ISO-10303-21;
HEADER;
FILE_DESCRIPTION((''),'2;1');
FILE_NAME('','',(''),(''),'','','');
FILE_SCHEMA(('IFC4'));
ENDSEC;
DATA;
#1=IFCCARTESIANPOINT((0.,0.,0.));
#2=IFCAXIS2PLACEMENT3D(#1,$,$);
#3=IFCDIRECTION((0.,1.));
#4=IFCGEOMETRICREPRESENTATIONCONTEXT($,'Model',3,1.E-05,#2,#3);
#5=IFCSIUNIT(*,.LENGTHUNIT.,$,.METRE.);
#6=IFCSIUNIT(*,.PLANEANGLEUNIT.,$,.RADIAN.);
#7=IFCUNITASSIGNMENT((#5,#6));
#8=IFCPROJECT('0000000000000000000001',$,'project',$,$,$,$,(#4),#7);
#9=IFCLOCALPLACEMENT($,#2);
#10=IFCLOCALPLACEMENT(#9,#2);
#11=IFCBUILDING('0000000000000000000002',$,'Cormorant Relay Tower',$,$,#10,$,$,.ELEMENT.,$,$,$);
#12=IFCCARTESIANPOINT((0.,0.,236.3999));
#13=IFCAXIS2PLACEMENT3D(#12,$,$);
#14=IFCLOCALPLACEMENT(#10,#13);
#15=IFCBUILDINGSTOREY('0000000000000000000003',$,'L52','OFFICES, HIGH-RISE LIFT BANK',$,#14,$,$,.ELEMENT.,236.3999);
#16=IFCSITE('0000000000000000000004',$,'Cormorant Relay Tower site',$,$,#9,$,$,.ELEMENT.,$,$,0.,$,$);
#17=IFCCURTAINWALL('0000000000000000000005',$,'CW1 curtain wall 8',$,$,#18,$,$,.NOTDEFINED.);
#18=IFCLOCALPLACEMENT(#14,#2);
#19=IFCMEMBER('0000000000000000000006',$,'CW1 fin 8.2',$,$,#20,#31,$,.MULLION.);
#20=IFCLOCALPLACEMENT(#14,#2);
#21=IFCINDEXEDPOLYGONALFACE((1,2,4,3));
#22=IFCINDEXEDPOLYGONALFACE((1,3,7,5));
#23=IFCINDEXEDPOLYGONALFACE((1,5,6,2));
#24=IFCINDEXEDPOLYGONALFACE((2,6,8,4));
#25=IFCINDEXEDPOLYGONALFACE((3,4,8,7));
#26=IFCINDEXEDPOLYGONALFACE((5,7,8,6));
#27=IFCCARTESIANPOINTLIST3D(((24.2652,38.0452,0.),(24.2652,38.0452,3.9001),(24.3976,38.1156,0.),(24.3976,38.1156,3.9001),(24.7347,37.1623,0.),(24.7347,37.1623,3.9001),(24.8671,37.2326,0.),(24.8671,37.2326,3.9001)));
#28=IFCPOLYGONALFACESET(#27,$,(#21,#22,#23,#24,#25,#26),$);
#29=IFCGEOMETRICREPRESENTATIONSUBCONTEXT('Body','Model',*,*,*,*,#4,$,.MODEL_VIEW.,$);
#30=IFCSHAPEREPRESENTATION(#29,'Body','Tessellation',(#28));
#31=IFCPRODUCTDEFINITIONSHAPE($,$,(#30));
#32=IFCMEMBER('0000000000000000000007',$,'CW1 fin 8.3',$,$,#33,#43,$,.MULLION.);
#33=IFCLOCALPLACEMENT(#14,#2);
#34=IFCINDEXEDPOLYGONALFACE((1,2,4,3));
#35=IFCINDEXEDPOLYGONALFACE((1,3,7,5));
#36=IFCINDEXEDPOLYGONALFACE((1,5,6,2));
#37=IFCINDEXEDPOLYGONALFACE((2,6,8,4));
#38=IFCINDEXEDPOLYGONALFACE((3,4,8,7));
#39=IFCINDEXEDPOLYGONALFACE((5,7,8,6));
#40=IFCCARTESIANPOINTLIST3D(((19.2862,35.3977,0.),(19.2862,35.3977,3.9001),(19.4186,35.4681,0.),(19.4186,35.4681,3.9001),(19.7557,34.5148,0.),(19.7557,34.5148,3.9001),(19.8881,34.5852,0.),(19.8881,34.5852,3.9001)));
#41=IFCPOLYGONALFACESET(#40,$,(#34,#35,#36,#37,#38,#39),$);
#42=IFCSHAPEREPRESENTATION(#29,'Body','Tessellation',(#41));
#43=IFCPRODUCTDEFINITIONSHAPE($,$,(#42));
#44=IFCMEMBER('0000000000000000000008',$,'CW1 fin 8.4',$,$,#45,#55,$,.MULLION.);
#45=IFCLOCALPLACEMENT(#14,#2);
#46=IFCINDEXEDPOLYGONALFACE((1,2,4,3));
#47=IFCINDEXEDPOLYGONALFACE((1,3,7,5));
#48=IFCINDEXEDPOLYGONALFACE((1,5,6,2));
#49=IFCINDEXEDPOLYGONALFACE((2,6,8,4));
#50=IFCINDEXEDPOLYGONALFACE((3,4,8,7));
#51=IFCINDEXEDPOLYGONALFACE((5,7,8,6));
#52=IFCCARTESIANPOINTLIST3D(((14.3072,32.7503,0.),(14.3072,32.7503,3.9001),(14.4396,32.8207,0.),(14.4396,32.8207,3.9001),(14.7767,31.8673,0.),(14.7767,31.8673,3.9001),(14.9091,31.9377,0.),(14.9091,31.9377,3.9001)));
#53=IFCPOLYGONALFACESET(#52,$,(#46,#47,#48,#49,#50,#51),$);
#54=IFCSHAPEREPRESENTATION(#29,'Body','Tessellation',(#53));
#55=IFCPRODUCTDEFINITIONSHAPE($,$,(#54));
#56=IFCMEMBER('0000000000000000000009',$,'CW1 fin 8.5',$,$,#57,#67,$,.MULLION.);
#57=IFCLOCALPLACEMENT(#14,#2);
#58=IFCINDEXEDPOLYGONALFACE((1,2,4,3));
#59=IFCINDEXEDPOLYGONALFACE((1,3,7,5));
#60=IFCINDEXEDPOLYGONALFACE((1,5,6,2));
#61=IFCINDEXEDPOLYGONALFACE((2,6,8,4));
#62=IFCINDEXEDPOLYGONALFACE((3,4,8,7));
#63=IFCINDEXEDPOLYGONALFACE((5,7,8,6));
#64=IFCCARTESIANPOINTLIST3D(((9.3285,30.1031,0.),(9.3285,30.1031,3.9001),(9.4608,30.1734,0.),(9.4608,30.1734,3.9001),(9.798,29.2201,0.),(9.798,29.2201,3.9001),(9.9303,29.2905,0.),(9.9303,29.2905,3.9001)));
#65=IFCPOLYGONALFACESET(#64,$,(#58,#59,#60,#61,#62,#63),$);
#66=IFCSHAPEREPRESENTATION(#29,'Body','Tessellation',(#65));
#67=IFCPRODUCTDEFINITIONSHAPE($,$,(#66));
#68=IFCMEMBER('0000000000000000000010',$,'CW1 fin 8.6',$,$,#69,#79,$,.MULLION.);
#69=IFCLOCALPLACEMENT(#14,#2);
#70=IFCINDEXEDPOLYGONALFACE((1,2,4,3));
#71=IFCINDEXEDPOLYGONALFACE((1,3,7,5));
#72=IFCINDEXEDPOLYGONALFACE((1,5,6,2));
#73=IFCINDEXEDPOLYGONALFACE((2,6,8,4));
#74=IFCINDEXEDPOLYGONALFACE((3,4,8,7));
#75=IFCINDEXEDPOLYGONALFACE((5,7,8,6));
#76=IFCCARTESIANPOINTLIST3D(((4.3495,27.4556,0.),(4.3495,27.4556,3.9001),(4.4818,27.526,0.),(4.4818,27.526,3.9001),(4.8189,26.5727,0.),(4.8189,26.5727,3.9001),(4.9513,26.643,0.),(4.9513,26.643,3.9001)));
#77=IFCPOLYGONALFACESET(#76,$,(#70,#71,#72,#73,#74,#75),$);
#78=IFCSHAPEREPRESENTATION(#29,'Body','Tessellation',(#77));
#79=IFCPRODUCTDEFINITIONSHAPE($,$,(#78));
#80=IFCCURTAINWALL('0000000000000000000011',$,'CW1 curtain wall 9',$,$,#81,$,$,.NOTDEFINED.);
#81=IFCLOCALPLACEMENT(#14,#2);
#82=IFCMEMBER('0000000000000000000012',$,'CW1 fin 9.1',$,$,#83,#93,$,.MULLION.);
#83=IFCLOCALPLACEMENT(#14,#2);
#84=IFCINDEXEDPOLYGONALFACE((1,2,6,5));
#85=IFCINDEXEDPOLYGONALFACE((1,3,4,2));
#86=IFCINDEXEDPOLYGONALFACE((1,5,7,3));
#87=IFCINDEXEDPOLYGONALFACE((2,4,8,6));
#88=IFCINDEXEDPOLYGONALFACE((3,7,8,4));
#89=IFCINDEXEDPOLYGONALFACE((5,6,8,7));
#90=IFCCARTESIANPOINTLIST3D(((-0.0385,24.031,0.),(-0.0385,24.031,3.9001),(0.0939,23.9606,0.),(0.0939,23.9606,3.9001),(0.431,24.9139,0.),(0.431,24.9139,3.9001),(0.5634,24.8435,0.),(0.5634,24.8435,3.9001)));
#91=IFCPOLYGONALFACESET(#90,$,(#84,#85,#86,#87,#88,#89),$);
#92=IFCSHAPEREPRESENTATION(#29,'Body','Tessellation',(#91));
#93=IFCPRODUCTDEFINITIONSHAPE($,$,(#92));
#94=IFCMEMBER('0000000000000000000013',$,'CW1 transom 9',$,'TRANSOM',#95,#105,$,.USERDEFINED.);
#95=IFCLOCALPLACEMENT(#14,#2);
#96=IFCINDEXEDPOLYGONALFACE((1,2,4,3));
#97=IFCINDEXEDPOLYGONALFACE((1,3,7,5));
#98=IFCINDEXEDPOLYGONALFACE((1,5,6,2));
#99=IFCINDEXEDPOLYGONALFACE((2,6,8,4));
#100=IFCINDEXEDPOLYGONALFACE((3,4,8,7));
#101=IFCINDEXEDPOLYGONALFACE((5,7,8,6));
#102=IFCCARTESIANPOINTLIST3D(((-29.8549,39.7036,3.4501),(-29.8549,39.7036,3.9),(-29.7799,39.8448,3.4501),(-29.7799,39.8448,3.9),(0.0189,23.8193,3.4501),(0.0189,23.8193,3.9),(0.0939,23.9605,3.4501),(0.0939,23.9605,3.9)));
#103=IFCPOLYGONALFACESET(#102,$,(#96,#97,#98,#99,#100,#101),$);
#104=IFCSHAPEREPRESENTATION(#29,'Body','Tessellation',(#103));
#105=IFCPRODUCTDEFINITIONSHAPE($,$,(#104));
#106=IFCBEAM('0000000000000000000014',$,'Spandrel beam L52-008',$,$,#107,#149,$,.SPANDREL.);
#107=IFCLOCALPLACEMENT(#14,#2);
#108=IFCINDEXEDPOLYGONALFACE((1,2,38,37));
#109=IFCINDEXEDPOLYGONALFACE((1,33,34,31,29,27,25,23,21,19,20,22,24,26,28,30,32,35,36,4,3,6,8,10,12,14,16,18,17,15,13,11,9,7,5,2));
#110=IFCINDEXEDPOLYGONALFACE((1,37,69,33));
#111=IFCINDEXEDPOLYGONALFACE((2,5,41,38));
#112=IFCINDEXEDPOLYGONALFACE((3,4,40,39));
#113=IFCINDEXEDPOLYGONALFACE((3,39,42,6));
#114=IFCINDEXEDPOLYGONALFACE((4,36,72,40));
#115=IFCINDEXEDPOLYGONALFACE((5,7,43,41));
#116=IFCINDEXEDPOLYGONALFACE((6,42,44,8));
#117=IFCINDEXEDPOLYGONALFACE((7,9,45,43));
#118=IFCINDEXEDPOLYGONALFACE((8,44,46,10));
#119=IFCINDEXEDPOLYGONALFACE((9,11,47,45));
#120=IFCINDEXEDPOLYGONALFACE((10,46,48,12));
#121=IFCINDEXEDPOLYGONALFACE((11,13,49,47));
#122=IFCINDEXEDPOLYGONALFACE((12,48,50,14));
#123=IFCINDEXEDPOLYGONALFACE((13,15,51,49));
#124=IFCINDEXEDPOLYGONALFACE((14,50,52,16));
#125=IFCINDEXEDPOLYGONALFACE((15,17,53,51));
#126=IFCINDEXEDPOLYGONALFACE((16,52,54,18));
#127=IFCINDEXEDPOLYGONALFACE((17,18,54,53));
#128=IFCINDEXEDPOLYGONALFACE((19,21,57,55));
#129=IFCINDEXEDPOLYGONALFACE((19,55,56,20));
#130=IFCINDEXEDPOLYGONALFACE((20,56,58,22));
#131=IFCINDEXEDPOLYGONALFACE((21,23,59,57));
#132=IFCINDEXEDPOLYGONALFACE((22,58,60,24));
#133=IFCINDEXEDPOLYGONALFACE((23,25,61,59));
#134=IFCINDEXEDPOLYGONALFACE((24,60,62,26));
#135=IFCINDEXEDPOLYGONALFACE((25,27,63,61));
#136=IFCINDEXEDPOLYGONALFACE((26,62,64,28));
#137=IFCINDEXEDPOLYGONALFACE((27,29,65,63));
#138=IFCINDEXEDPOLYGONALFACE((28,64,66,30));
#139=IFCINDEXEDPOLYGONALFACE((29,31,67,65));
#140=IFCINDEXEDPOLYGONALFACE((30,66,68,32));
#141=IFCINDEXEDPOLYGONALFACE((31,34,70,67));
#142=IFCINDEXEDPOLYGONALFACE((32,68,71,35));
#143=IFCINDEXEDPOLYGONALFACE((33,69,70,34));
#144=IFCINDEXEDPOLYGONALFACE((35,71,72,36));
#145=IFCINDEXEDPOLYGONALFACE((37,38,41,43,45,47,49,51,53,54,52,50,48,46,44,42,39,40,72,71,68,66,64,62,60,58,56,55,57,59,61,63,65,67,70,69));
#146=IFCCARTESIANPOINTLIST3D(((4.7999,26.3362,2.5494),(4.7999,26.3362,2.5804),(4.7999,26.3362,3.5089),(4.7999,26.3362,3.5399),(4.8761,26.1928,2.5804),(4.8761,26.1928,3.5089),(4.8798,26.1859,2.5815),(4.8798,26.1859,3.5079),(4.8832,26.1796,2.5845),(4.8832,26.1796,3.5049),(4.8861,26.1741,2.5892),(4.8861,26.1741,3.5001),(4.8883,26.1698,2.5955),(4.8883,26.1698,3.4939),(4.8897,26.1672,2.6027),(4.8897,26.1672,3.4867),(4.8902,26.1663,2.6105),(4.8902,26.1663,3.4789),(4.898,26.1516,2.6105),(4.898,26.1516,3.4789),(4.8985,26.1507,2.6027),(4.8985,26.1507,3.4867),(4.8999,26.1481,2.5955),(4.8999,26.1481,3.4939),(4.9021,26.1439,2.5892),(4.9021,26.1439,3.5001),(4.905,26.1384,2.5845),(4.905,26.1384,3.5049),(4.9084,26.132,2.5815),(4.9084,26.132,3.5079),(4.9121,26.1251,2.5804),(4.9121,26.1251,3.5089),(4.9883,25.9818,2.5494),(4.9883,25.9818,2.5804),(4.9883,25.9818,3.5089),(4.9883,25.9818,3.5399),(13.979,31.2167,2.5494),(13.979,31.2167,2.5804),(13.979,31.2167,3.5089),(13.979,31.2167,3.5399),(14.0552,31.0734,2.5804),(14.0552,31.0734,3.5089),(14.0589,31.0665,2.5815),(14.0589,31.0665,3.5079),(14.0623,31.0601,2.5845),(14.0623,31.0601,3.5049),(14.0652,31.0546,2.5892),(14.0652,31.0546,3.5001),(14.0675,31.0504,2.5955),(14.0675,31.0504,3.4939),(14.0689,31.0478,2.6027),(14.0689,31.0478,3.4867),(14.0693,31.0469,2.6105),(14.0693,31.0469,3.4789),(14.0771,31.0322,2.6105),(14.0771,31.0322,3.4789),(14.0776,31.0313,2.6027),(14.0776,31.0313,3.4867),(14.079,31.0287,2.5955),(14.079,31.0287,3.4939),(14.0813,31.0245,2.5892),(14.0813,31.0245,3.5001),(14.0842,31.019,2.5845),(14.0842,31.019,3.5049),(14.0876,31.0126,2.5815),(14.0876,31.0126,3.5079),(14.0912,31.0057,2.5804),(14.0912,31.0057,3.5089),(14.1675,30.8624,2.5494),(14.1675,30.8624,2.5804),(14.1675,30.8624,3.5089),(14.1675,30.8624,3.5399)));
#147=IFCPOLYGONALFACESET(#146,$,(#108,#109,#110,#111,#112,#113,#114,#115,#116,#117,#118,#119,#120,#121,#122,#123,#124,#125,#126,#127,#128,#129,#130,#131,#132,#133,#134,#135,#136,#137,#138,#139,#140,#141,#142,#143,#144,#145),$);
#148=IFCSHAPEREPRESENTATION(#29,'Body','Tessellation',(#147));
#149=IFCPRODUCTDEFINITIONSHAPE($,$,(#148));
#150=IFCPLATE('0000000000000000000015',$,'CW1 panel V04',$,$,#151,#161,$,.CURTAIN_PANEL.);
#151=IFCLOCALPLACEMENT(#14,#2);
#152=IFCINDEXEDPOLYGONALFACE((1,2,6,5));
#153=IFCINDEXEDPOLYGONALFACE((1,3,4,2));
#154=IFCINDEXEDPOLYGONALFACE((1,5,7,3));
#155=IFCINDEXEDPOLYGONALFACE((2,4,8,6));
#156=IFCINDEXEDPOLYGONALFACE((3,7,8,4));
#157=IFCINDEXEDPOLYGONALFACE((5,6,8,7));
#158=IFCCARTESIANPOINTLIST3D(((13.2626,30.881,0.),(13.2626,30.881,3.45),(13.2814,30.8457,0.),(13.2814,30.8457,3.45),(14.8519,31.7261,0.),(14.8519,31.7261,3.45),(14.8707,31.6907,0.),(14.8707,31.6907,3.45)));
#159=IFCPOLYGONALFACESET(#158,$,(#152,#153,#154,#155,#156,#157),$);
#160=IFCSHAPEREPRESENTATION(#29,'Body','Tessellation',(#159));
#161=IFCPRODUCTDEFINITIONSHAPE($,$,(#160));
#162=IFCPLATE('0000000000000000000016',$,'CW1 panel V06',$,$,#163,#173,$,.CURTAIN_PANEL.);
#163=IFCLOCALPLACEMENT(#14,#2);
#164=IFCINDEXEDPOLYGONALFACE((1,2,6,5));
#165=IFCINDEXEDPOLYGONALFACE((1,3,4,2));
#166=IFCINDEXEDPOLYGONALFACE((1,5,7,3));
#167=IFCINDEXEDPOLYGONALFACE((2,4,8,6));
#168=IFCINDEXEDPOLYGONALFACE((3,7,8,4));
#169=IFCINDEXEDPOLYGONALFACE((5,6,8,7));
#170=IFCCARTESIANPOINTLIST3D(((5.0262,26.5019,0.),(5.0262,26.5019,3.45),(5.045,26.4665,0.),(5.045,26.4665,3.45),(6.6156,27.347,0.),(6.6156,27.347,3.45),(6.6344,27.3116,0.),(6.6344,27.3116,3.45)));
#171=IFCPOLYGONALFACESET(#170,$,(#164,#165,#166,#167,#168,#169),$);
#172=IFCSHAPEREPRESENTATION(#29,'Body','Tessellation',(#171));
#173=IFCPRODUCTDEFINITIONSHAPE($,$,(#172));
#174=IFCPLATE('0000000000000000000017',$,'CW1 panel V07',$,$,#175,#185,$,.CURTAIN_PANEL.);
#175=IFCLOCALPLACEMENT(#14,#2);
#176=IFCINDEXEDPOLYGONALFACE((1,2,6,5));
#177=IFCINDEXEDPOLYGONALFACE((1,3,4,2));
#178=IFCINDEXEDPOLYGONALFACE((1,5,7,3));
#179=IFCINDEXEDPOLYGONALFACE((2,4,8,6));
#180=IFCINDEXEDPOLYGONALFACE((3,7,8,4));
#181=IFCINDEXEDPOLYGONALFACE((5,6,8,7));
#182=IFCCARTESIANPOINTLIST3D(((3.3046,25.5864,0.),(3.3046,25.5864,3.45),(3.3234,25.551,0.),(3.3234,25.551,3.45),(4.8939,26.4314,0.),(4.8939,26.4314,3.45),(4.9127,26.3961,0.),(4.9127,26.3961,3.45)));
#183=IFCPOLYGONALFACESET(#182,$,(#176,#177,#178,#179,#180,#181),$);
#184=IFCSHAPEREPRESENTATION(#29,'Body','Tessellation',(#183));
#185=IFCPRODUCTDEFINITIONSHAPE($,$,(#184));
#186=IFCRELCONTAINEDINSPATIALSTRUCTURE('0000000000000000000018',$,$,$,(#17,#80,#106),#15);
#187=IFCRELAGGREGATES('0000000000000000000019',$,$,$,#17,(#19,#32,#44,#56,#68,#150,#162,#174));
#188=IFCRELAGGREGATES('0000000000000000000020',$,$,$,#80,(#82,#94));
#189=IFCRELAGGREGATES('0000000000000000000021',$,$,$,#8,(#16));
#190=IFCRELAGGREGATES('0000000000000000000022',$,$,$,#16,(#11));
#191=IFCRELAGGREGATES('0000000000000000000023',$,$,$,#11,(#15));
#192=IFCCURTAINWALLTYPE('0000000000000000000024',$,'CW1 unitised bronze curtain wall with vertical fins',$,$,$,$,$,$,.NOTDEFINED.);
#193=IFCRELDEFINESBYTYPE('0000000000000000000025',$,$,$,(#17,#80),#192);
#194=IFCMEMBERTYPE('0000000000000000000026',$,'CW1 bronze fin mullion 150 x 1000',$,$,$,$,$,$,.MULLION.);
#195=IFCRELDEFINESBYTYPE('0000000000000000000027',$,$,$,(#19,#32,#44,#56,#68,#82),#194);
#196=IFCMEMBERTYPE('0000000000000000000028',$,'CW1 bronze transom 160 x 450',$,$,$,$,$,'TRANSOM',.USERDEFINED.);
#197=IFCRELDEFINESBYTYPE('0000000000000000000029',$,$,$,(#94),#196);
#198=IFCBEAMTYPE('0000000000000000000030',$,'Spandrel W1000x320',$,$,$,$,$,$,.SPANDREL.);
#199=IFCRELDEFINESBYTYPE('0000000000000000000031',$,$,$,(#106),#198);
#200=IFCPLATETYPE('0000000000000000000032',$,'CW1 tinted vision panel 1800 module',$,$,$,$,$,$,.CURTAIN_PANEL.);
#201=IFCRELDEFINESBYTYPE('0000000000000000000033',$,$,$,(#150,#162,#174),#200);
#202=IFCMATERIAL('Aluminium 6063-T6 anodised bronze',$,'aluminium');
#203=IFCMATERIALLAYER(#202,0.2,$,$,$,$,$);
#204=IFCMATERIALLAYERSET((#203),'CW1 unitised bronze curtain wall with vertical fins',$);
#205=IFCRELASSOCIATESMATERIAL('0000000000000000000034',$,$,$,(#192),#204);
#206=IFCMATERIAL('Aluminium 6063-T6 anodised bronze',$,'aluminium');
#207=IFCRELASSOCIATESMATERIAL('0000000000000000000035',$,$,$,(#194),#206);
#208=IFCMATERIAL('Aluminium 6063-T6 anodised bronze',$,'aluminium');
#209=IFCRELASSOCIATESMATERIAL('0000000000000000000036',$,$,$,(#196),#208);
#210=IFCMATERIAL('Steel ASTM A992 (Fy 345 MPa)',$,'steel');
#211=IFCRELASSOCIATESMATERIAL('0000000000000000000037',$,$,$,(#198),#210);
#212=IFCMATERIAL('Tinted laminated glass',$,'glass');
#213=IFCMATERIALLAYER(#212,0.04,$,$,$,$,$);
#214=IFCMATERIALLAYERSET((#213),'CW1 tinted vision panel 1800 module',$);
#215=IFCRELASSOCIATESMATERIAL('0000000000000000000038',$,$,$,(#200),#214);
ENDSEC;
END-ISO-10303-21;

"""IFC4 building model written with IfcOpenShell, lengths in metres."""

from ifc_helpers import new_model, si_unit, direction, frame, origin, origin_2d, place, context, subcontext, project, spatial, rectangle, i_section, extrude, material, layer, layer_set, material_profile, profile_set, type_object, element, aggregate, save


model = new_model("IFC4")

# Units and contexts
model_context = context("Model", 3, precision=1e-05, world=origin(), true_north=direction((0.0, 1.0)))
body_context = subcontext(model_context, "Body", "Model", "MODEL_VIEW")
ifc_project = project(units=[si_unit("LENGTHUNIT", "METRE"), si_unit("PLANEANGLEUNIT", "RADIAN")], contexts=[model_context])

# Site, building, storey
site_placement = place(None, origin())
site = spatial("IfcSite", under=ifc_project, at=site_placement, Name="Cormorant Relay Tower site", CompositionType="ELEMENT", RefElevation=0.0)
building_placement = place(site_placement, origin())
building = spatial("IfcBuilding", under=site, at=building_placement, Name="Cormorant Relay Tower", CompositionType="ELEMENT")
storey_placement = place(building_placement, frame((0.0, 0.0, 236.3999)))
storey = spatial("IfcBuildingStorey", under=building, at=storey_placement, Name="L52", Description="OFFICES, HIGH-RISE LIFT BANK", CompositionType="ELEMENT", Elevation=236.3999)

# Curtain walls, members
ifc_material_1 = material(Name="Aluminium 6063-T6 anodised bronze", Category="aluminium")
ifc_layer_1 = layer(ifc_material_1, 0.2)
ifc_layer_set_1 = layer_set([ifc_layer_1], Name="CW1 unitised bronze curtain wall with vertical fins")
curtain_wall_type = type_object("IfcCurtainWallType", Name="CW1 unitised bronze curtain wall with vertical fins", PredefinedType="NOTDEFINED", material=ifc_layer_set_1)
curtain_wall_1_placement = place(storey_placement, origin())
curtain_wall_1 = element("IfcCurtainWall", 1, at=curtain_wall_1_placement, inside=storey, type_object=curtain_wall_type, Name="CW1 curtain wall 8", PredefinedType="NOTDEFINED")
ifc_material_2 = material(Name="Aluminium 6063-T6 anodised bronze", Category="aluminium")
ifc_material_profile_1 = material_profile(ifc_material_2, rectangle(XDim=0.1499, YDim=1.0, at=origin_2d()), Name="AL 150x1000")
ifc_profile_set_1 = profile_set([ifc_material_profile_1], Name="Aluminium 6063-T6 anodised bronze")
member_type_1 = type_object("IfcMemberType", Name="CW1 bronze fin mullion 150 x 1000", PredefinedType="MULLION", material=ifc_profile_set_1)
member_1_placement = place(storey_placement, frame((24.5662, 37.6389, 0.0), z_axis=(0.0, 0.0, 1.0), x_axis=(-0.882948, -0.469472, 0.0)))
member_1 = element("IfcMember", 2, at=member_1_placement, type_object=member_type_1, Name="CW1 fin 8.2", PredefinedType="MULLION", context=body_context, shape_type="SweptSolid", body=[
    extrude(rectangle(XDim=0.1499, YDim=1.0, at=origin_2d()), origin(), (0.0, 0.0, 1.0), 3.9001),
])
member_2_placement = place(storey_placement, frame((19.5872, 34.9915, 0.0), z_axis=(0.0, 0.0, 1.0), x_axis=(-0.882948, -0.469472, 0.0)))
member_2 = element("IfcMember", 3, at=member_2_placement, type_object=member_type_1, Name="CW1 fin 8.3", PredefinedType="MULLION", context=body_context, shape_type="SweptSolid", body=[
    extrude(rectangle(XDim=0.1499, YDim=1.0, at=origin_2d()), origin(), (0.0, 0.0, 1.0), 3.9001),
])
member_3_placement = place(storey_placement, frame((14.6082, 32.344, 0.0), z_axis=(0.0, 0.0, 1.0), x_axis=(-0.882948, -0.469472, 0.0)))
member_3 = element("IfcMember", 4, at=member_3_placement, type_object=member_type_1, Name="CW1 fin 8.4", PredefinedType="MULLION", context=body_context, shape_type="SweptSolid", body=[
    extrude(rectangle(XDim=0.1499, YDim=1.0, at=origin_2d()), origin(), (0.0, 0.0, 1.0), 3.9001),
])
member_4_placement = place(storey_placement, frame((9.6294, 29.6968, 0.0), z_axis=(0.0, 0.0, 1.0), x_axis=(-0.882948, -0.469472, 0.0)))
member_4 = element("IfcMember", 5, at=member_4_placement, type_object=member_type_1, Name="CW1 fin 8.5", PredefinedType="MULLION", context=body_context, shape_type="SweptSolid", body=[
    extrude(rectangle(XDim=0.1499, YDim=1.0, at=origin_2d()), origin(), (0.0, 0.0, 1.0), 3.9001),
])
member_5_placement = place(storey_placement, frame((4.6504, 27.0493, 0.0), z_axis=(0.0, 0.0, 1.0), x_axis=(-0.882948, -0.469472, 0.0)))
member_5 = element("IfcMember", 6, at=member_5_placement, type_object=member_type_1, Name="CW1 fin 8.6", PredefinedType="MULLION", context=body_context, shape_type="SweptSolid", body=[
    extrude(rectangle(XDim=0.1499, YDim=1.0, at=origin_2d()), origin(), (0.0, 0.0, 1.0), 3.9001),
])
curtain_wall_2_placement = place(storey_placement, origin())
curtain_wall_2 = element("IfcCurtainWall", 7, at=curtain_wall_2_placement, inside=storey, type_object=curtain_wall_type, Name="CW1 curtain wall 9", PredefinedType="NOTDEFINED")
member_6_placement = place(storey_placement, frame((0.2625, 24.4373, 0.0), z_axis=(0.0, 0.0, 1.0), x_axis=(-0.882948, 0.469472, 0.0)))
member_6 = element("IfcMember", 8, at=member_6_placement, type_object=member_type_1, Name="CW1 fin 9.1", PredefinedType="MULLION", context=body_context, shape_type="SweptSolid", body=[
    extrude(rectangle(XDim=0.1499, YDim=1.0, at=origin_2d()), origin(), (0.0, 0.0, 1.0), 3.9001),
])
ifc_material_3 = material(Name="Aluminium 6063-T6 anodised bronze", Category="aluminium")
ifc_material_profile_2 = material_profile(ifc_material_3, rectangle(XDim=0.1599, YDim=0.45, at=origin_2d()), Name="AL 160x450")
ifc_profile_set_2 = profile_set([ifc_material_profile_2], Name="Aluminium 6063-T6 anodised bronze")
member_type_2 = type_object("IfcMemberType", Name="CW1 bronze transom 160 x 450", ElementType="TRANSOM", PredefinedType="USERDEFINED", material=ifc_profile_set_2)
member_7_placement = place(storey_placement, frame((0.0564, 23.8899, 3.675), z_axis=(-0.882946, 0.469474, 0.0), x_axis=(-0.469474, -0.882946, 0.0)))
member_7 = element("IfcMember", 9, at=member_7_placement, type_object=member_type_2, Name="CW1 transom 9", ObjectType="TRANSOM", PredefinedType="USERDEFINED", context=body_context, shape_type="SweptSolid", body=[
    extrude(rectangle(XDim=0.1599, YDim=0.45, at=origin_2d()), origin(), (0.0, 0.0, 1.0), 33.8342),
])

# Beam
ifc_material_4 = material(Name="Steel ASTM A992 (Fy 345 MPa)", Category="steel")
ifc_material_profile_3 = material_profile(ifc_material_4, i_section(OverallWidth=0.4014, OverallDepth=0.9905, WebThickness=0.0166, FlangeThickness=0.031, FilletRadius=0.03, at=origin_2d()), Name="W1000x320")
ifc_profile_set_3 = profile_set([ifc_material_profile_3], Name="Steel ASTM A992 (Fy 345 MPa)")
beam_type = type_object("IfcBeamType", Name="Spandrel W1000x320", PredefinedType="SPANDREL", material=ifc_profile_set_3)
beam_placement = place(storey_placement, frame((14.0732, 31.0396, 3.0447), z_axis=(-0.88295, -0.469468, 0.0), x_axis=(0.469468, -0.88295, 0.0)))
element("IfcBeam", 10, at=beam_placement, inside=storey, type_object=beam_type, Name="Spandrel beam L52-008", PredefinedType="SPANDREL", context=body_context, shape_type="SweptSolid", body=[
    extrude(i_section(OverallWidth=0.4014, OverallDepth=0.9905, WebThickness=0.0166, FlangeThickness=0.031, FilletRadius=0.03, at=origin_2d()), origin(), (0.0, 0.0, 1.0), 10.396),
])

# Plates
ifc_material_5 = material(Name="Tinted laminated glass", Category="glass")
ifc_layer_2 = layer(ifc_material_5, 0.04)
ifc_layer_set_2 = layer_set([ifc_layer_2], Name="CW1 tinted vision panel 1800 module")
plate_type_1 = type_object("IfcPlateType", Name="CW1 tinted vision panel 1800 module", PredefinedType="CURTAIN_PANEL", material=ifc_layer_set_2)
plate_1_placement = place(storey_placement, frame((14.0667, 31.2859, 0.0), z_axis=(0.0, 0.0, 1.0), x_axis=(-0.882948, -0.469472, 0.0)))
plate_1 = element("IfcPlate", 11, at=plate_1_placement, type_object=plate_type_1, Name="CW1 panel V04", PredefinedType="CURTAIN_PANEL", context=body_context, shape_type="SweptSolid", body=[
    extrude(rectangle(XDim=1.8, YDim=0.04, at=origin_2d()), origin(), (0.0, 0.0, 1.0), 3.45),
])
plate_2_placement = place(storey_placement, frame((5.8303, 26.9067, 0.0), z_axis=(0.0, 0.0, 1.0), x_axis=(-0.882948, -0.469472, 0.0)))
plate_2 = element("IfcPlate", 12, at=plate_2_placement, type_object=plate_type_1, Name="CW1 panel V06", PredefinedType="CURTAIN_PANEL", context=body_context, shape_type="SweptSolid", body=[
    extrude(rectangle(XDim=1.8, YDim=0.04, at=origin_2d()), origin(), (0.0, 0.0, 1.0), 3.45),
])
plate_3_placement = place(storey_placement, frame((4.1086, 25.9912, 0.0), z_axis=(0.0, 0.0, 1.0), x_axis=(-0.882948, -0.469472, 0.0)))
plate_3 = element("IfcPlate", 13, at=plate_3_placement, type_object=plate_type_1, Name="CW1 panel V07", PredefinedType="CURTAIN_PANEL", context=body_context, shape_type="SweptSolid", body=[
    extrude(rectangle(XDim=1.8, YDim=0.04, at=origin_2d()), origin(), (0.0, 0.0, 1.0), 3.45),
])

aggregate(curtain_wall_1, [member_1, member_2, member_3, member_4, member_5, plate_1, plate_2, plate_3])
aggregate(curtain_wall_2, [member_6, member_7])

save(model, "model.ifc")
